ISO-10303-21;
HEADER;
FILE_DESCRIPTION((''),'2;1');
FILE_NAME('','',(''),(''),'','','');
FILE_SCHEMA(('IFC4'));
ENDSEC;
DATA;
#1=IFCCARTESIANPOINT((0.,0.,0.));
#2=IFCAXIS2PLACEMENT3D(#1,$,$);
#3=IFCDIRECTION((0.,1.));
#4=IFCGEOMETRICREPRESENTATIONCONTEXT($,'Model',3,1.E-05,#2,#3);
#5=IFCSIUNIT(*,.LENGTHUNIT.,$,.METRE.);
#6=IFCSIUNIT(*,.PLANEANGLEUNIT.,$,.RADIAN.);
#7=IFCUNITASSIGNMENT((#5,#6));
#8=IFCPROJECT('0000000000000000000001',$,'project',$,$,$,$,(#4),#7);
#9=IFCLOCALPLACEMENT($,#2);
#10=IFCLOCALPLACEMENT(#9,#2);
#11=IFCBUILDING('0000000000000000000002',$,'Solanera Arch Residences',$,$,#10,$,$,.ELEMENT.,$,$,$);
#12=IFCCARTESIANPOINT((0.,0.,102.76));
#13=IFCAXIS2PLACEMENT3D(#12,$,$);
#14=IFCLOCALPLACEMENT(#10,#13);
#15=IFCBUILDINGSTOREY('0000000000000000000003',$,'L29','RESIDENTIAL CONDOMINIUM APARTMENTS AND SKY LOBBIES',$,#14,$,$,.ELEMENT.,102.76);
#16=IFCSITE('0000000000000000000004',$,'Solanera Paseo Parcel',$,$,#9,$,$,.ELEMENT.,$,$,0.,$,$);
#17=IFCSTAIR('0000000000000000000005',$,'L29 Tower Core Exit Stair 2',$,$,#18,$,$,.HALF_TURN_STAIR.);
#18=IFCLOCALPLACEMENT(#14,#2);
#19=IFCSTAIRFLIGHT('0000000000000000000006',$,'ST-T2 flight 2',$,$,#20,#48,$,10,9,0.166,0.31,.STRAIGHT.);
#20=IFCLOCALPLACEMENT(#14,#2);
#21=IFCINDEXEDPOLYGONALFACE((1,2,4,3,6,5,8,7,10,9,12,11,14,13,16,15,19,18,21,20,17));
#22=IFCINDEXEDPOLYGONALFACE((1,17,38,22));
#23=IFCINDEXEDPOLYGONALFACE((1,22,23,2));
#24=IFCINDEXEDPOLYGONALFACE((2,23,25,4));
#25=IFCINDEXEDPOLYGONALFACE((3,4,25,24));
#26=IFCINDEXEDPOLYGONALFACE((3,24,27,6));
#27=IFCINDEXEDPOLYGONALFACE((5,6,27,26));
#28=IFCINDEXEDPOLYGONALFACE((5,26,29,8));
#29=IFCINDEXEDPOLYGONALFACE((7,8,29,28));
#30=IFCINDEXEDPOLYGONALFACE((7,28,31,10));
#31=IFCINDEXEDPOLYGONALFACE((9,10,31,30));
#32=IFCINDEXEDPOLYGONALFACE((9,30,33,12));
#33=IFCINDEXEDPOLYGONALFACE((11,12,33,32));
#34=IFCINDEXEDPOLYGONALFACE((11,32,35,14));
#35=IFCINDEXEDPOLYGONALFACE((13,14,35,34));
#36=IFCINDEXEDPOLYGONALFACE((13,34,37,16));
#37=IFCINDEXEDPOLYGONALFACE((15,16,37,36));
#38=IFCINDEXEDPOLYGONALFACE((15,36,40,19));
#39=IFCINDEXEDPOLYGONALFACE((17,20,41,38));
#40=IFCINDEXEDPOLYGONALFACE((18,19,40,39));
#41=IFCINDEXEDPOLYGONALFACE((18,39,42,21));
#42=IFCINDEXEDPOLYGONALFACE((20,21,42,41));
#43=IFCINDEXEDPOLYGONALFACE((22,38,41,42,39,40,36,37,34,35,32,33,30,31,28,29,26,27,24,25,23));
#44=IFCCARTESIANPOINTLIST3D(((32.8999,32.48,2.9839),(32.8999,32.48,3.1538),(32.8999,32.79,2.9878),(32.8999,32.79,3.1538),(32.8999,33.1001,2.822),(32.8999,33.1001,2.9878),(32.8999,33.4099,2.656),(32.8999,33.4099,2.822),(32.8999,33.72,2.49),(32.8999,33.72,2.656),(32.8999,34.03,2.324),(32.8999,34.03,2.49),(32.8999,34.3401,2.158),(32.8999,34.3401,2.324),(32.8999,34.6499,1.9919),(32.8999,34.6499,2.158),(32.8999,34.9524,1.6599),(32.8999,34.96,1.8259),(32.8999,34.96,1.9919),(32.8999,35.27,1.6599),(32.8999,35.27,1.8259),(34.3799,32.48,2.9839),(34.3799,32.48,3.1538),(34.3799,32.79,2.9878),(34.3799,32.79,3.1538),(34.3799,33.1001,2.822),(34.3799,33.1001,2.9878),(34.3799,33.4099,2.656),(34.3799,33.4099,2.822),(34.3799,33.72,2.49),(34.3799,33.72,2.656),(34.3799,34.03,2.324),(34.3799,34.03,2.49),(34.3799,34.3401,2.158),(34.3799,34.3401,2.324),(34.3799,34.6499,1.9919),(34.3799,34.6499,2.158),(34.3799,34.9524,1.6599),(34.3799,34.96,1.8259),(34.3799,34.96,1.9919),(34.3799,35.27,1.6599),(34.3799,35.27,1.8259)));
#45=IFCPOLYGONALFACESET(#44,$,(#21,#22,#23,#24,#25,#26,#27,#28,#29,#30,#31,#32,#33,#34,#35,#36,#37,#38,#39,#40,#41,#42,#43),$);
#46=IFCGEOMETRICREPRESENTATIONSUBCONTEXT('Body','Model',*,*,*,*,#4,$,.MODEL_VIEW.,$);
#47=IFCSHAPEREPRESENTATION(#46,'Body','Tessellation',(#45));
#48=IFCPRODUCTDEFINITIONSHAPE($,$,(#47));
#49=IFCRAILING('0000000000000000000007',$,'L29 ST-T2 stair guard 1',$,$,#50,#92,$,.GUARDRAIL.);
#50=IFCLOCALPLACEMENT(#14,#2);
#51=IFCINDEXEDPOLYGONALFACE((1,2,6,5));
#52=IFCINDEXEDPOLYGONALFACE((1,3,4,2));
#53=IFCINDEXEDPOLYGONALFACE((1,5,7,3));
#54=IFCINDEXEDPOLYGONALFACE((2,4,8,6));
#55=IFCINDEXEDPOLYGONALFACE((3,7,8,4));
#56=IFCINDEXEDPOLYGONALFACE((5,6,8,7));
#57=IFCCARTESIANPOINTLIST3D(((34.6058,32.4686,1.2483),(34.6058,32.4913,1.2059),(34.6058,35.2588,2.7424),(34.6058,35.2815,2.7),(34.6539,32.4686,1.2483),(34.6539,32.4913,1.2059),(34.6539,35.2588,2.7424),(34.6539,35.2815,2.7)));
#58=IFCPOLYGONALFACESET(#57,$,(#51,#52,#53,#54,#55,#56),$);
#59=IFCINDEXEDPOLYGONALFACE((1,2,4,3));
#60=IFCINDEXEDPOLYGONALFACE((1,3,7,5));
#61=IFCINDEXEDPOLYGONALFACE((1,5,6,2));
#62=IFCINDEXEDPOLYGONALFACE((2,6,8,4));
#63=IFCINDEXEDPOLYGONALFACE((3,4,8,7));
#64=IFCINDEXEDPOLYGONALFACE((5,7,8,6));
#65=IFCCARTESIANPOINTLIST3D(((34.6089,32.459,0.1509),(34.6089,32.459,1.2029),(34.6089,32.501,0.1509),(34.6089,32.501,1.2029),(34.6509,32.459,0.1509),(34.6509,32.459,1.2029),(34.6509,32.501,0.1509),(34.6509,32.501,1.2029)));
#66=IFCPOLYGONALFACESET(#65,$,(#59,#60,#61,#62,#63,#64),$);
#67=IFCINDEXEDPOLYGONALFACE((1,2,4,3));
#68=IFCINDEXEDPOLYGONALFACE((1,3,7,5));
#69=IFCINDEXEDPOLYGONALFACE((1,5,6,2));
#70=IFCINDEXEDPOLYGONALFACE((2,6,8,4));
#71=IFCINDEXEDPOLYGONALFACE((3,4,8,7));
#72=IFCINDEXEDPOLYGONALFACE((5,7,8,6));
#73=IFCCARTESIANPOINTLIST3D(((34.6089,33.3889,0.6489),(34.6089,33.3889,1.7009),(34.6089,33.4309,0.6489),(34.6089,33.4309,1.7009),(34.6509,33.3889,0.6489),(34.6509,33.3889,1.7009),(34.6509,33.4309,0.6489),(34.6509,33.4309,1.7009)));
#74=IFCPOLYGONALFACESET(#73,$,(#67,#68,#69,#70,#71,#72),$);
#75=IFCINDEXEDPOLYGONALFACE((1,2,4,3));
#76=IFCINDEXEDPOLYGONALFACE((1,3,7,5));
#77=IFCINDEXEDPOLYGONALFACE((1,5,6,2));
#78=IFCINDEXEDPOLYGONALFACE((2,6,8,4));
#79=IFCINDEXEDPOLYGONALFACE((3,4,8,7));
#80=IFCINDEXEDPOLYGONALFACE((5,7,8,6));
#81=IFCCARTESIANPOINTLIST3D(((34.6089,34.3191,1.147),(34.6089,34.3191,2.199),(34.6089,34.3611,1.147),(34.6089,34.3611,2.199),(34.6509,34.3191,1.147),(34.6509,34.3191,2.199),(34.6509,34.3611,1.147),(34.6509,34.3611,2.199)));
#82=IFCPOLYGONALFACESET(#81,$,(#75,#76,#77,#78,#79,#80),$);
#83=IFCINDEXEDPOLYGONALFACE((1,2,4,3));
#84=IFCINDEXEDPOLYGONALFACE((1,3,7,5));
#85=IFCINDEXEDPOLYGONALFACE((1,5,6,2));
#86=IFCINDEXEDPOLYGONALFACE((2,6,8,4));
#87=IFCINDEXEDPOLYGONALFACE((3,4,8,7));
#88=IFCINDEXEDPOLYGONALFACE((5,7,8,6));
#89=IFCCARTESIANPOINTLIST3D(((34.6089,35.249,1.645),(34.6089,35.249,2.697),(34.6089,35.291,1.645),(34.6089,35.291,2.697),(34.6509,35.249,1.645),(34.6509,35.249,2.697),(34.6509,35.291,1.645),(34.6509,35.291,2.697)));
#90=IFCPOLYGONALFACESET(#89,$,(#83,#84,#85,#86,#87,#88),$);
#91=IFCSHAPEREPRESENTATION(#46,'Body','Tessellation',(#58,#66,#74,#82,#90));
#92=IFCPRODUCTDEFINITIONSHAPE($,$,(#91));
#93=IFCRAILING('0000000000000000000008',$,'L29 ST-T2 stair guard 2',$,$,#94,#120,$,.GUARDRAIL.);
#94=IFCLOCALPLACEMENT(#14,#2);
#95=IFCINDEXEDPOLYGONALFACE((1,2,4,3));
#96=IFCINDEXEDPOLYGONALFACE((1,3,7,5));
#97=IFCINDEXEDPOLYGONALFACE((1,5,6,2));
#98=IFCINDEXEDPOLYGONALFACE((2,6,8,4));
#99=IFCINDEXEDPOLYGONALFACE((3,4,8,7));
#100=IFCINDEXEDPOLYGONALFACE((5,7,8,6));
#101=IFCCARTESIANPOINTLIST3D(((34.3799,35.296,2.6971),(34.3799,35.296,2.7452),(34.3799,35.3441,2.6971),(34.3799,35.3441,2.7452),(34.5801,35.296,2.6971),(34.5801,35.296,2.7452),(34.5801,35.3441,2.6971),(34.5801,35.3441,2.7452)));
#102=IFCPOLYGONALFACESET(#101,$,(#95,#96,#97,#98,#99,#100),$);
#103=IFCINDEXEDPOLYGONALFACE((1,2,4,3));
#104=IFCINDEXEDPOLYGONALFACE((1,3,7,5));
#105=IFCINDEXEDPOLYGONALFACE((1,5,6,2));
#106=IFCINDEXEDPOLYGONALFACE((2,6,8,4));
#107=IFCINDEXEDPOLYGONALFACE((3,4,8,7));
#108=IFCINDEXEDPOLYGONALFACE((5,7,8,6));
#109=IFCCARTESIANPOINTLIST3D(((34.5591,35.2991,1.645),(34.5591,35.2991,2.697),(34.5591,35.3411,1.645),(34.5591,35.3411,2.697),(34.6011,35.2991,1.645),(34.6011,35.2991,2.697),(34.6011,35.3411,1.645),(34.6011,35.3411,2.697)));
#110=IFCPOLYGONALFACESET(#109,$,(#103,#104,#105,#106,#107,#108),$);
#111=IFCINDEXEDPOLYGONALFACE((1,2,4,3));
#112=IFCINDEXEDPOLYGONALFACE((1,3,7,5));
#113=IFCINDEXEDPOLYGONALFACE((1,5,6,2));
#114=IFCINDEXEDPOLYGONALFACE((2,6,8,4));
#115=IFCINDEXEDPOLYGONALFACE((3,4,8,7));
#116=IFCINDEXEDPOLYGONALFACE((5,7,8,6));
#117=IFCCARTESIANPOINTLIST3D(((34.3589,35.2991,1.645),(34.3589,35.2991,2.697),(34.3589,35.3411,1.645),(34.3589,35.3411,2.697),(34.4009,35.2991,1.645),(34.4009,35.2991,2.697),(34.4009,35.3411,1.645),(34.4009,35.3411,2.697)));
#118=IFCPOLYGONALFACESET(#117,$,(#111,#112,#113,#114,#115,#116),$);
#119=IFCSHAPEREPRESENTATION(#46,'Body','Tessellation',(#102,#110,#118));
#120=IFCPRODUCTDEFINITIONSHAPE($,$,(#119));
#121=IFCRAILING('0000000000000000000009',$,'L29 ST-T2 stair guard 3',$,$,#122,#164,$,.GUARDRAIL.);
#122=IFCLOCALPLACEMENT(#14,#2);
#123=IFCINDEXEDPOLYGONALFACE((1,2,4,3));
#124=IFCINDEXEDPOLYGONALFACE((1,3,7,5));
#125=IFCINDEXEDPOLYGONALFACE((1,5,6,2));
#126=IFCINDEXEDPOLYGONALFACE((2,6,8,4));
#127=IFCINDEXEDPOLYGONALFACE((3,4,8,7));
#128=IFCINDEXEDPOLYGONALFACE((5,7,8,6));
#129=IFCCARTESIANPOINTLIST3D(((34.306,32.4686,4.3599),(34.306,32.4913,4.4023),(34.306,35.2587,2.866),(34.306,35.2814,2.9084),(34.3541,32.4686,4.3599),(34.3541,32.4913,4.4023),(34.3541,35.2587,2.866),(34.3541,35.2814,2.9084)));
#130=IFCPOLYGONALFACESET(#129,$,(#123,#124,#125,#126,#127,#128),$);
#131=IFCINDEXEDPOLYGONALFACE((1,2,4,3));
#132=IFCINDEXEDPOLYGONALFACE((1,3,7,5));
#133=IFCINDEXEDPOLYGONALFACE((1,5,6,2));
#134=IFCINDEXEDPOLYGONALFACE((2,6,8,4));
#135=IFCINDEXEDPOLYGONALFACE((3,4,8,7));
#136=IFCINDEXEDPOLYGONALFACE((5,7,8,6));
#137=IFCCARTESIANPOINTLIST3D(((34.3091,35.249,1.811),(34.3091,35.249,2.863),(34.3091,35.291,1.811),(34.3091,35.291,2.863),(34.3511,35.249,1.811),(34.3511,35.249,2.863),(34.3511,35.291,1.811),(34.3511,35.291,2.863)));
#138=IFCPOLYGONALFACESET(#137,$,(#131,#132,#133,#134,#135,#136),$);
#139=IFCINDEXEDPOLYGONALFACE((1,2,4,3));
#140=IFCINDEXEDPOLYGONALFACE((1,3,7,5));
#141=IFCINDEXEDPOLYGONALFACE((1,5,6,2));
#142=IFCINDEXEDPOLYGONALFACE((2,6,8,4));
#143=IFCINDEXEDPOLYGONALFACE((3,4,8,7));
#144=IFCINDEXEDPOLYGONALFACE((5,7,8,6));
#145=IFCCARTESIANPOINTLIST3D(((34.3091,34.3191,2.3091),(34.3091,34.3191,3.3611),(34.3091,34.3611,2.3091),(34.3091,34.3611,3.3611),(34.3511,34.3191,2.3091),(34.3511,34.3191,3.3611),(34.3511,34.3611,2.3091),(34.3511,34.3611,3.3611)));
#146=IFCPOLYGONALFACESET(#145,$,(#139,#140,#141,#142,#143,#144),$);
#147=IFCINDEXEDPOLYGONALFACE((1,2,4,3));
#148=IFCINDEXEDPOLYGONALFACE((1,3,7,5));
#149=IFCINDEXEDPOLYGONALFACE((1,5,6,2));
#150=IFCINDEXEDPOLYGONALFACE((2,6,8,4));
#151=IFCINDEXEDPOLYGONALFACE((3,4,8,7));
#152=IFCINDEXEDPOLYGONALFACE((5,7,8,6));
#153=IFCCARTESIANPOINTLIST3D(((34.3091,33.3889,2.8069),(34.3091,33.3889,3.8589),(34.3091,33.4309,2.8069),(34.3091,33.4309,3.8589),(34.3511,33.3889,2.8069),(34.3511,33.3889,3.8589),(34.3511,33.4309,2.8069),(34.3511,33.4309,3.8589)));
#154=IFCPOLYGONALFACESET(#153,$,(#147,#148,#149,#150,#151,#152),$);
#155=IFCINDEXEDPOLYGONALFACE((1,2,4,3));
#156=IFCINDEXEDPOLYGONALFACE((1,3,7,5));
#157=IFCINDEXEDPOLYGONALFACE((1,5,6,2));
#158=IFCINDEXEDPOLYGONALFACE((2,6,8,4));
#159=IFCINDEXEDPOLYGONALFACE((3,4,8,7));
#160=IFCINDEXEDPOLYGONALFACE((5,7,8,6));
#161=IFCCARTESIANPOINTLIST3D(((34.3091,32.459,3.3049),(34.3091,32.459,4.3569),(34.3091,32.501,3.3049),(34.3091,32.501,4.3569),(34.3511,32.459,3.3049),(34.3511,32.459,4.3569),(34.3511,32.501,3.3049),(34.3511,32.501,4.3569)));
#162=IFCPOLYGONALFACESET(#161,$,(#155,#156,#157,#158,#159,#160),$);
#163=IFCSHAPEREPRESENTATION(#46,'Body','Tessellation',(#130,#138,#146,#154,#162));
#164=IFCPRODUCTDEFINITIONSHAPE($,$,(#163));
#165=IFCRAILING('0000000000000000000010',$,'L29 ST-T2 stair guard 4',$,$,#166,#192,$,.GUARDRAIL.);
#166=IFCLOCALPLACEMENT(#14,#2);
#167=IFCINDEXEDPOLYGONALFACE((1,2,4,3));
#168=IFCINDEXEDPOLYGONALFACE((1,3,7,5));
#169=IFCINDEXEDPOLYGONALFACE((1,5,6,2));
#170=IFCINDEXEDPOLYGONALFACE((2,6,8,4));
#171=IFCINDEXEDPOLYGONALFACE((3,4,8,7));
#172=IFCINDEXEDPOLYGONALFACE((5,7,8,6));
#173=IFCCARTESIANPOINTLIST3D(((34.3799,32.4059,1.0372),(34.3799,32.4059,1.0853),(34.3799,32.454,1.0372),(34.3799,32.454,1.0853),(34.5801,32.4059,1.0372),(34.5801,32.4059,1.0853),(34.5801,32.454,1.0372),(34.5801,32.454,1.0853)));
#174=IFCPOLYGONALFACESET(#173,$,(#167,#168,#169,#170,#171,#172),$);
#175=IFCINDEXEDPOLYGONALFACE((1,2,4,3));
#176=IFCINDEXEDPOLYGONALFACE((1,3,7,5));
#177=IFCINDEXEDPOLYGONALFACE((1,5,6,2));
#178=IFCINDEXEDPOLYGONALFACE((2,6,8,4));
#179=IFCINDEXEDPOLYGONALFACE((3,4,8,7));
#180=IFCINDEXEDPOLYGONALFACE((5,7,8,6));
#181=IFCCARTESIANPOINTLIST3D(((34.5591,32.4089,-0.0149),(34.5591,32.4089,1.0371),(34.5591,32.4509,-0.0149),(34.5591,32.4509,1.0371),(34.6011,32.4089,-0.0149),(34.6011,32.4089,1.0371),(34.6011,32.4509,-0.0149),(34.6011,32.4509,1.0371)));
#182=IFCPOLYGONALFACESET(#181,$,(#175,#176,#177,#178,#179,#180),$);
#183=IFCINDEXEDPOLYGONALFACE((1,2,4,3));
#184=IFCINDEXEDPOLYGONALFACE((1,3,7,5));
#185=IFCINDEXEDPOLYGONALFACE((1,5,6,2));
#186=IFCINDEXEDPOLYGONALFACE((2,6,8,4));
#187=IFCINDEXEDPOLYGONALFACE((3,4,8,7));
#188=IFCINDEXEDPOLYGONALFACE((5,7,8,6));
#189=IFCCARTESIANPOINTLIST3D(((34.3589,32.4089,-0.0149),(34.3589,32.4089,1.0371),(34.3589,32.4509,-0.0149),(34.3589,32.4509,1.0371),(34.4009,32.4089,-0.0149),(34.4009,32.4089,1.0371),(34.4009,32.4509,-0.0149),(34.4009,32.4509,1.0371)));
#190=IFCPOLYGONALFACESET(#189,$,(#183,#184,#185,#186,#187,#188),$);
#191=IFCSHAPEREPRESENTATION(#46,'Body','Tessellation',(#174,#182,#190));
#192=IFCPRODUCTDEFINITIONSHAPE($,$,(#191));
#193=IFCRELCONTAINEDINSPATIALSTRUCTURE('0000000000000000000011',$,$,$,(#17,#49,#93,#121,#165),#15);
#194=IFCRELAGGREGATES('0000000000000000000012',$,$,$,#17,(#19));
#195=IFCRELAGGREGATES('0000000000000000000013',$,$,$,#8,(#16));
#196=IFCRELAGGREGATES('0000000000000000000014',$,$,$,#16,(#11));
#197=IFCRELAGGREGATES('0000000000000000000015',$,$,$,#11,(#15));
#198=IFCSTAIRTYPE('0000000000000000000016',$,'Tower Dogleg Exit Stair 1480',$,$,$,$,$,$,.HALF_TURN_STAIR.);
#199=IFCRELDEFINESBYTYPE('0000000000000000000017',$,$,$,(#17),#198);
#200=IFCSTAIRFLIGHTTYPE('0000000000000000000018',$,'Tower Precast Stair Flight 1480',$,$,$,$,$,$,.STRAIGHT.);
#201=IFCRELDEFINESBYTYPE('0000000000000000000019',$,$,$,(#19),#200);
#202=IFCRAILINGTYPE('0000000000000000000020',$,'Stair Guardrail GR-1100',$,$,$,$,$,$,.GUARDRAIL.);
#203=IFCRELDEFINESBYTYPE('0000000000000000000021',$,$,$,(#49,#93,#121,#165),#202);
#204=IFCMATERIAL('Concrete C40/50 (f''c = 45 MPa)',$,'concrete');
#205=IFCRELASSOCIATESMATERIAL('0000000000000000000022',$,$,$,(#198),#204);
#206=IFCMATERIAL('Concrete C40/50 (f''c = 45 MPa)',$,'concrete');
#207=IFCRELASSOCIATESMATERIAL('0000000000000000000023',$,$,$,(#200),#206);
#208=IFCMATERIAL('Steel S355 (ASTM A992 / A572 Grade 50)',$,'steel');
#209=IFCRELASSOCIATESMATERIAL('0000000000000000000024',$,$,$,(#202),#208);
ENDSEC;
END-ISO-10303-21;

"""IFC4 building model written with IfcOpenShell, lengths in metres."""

from ifc_helpers import new_model, si_unit, direction, frame, origin, origin_2d, place, context, subcontext, project, spatial, polyline, rectangle, outline, extrude, material, type_object, element, aggregate, save


model = new_model("IFC4")

# Units and contexts
model_context = context("Model", 3, precision=1e-05, world=origin(), true_north=direction((0.0, 1.0)))
body_context = subcontext(model_context, "Body", "Model", "MODEL_VIEW")
ifc_project = project(units=[si_unit("LENGTHUNIT", "METRE"), si_unit("PLANEANGLEUNIT", "RADIAN")], contexts=[model_context])

# Site, building, storey
site_placement = place(None, origin())
site = spatial("IfcSite", under=ifc_project, at=site_placement, Name="Solanera Paseo Parcel", CompositionType="ELEMENT", RefElevation=0.0)
building_placement = place(site_placement, origin())
building = spatial("IfcBuilding", under=site, at=building_placement, Name="Solanera Arch Residences", CompositionType="ELEMENT")
storey_placement = place(building_placement, frame((0.0, 0.0, 102.76)))
storey = spatial("IfcBuildingStorey", under=building, at=storey_placement, Name="L29", Description="RESIDENTIAL CONDOMINIUM APARTMENTS AND SKY LOBBIES", CompositionType="ELEMENT", Elevation=102.76)

# Stair, stair flight
ifc_material_1 = material(Name="Concrete C40/50 (f'c = 45 MPa)", Category="concrete")
stair_type = type_object("IfcStairType", Name="Tower Dogleg Exit Stair 1480", PredefinedType="HALF_TURN_STAIR", material=ifc_material_1)
stair_placement = place(storey_placement, origin())
stair = element("IfcStair", 1, at=stair_placement, inside=storey, type_object=stair_type, Name="L29 Tower Core Exit Stair 2", PredefinedType="HALF_TURN_STAIR")
ifc_material_2 = material(Name="Concrete C40/50 (f'c = 45 MPa)", Category="concrete")
stair_flight_type = type_object("IfcStairFlightType", Name="Tower Precast Stair Flight 1480", PredefinedType="STRAIGHT", material=ifc_material_2)
stair_flight_1_placement = place(storey_placement, frame((33.6399, 35.27, 1.6599), z_axis=(0.0, 0.0, 1.0), x_axis=(0.0, -1.0, 0.0)))
stair_flight_1 = element("IfcStairFlight", 2, at=stair_flight_1_placement, type_object=stair_flight_type, Name="ST-T2 flight 2", NumberOfRisers=10, NumberOfTreads=9, PredefinedType="STRAIGHT", RiserHeight=0.166, TreadLength=0.31, context=body_context, shape_type="SweptSolid", body=[
    extrude(outline(polyline([(0.0, 0.0), (0.0, 0.166), (0.3101, 0.166), (0.3101, 0.332), (0.6201, 0.332), (0.6201, 0.498), (0.9299, 0.498), (0.9299, 0.6641), (1.24, 0.6641), (1.24, 0.8301), (1.55, 0.8301), (1.55, 0.9961), (1.8601, 0.9961), (1.8601, 1.1621), (2.1699, 1.1621), (2.1699, 1.3279), (2.48, 1.3279), (2.48, 1.4939), (2.79, 1.4939), (2.79, 1.6599), (2.79, 1.324), (0.3176, 0.0), (0.0, 0.0)])), frame((0.0, 0.74, 0.0), z_axis=(0.0, -1.0, 0.0), x_axis=(1.0, 0.0, 0.0)), (0.0, 0.0, 1.0), 1.48),
])
aggregate(stair, [stair_flight_1])

# Railings
ifc_material_3 = material(Name="Steel S355 (ASTM A992 / A572 Grade 50)", Category="steel")
railing_type_1 = type_object("IfcRailingType", Name="Stair Guardrail GR-1100", PredefinedType="GUARDRAIL", material=ifc_material_3)
railing_1_placement = place(storey_placement, frame((34.6299, 32.48, 0.1509)))
element("IfcRailing", 3, at=railing_1_placement, inside=storey, type_object=railing_type_1, Name="L29 ST-T2 stair guard 1", PredefinedType="GUARDRAIL", context=body_context, shape_type="SweptSolid", body=[
    extrude(rectangle(XDim=0.0481, YDim=0.0481, at=origin_2d()), frame((0.0, 0.0, 1.0762), z_axis=(0.0, 0.881549, 0.472093), x_axis=(-1.0, 0.0, 0.0)), (0.0, 0.0, 1.0), 3.165),
    extrude(rectangle(XDim=0.042, YDim=0.042, at=origin_2d()), origin(), (0.0, 0.0, 1.0), 1.052),
    extrude(rectangle(XDim=0.042, YDim=0.042, at=origin_2d()), frame((0.0, 0.9299, 0.498)), (0.0, 0.0, 1.0), 1.052),
    extrude(rectangle(XDim=0.042, YDim=0.042, at=origin_2d()), frame((0.0, 1.8601, 0.9961)), (0.0, 0.0, 1.0), 1.052),
    extrude(rectangle(XDim=0.042, YDim=0.042, at=origin_2d()), frame((0.0, 2.79, 1.4941)), (0.0, 0.0, 1.0), 1.052),
])
railing_2_placement = place(storey_placement, frame((34.5801, 35.3201, 1.645)))
element("IfcRailing", 4, at=railing_2_placement, inside=storey, type_object=railing_type_1, Name="L29 ST-T2 stair guard 2", PredefinedType="GUARDRAIL", context=body_context, shape_type="SweptSolid", body=[
    extrude(rectangle(XDim=0.0481, YDim=0.0481, at=origin_2d()), frame((0.0, 0.0, 1.0762), z_axis=(-1.0, 0.0, 0.0), x_axis=(0.0, -1.0, 0.0)), (0.0, 0.0, 1.0), 0.2002),
    extrude(rectangle(XDim=0.042, YDim=0.042, at=origin_2d()), origin(), (0.0, 0.0, 1.0), 1.052),
    extrude(rectangle(XDim=0.042, YDim=0.042, at=origin_2d()), frame((-0.2002, 0.0, 0.0)), (0.0, 0.0, 1.0), 1.052),
])
railing_3_placement = place(storey_placement, frame((34.3301, 35.27, 1.811)))
element("IfcRailing", 5, at=railing_3_placement, inside=storey, type_object=railing_type_1, Name="L29 ST-T2 stair guard 3", PredefinedType="GUARDRAIL", context=body_context, shape_type="SweptSolid", body=[
    extrude(rectangle(XDim=0.0481, YDim=0.0481, at=origin_2d()), frame((0.0, 0.0, 1.0762), z_axis=(0.0, -0.881581, 0.472033), x_axis=(1.0, 0.0, 0.0)), (0.0, 0.0, 1.0), 3.1648),
    extrude(rectangle(XDim=0.042, YDim=0.042, at=origin_2d()), origin(), (0.0, 0.0, 1.0), 1.052),
    extrude(rectangle(XDim=0.042, YDim=0.042, at=origin_2d()), frame((0.0, -0.9299, 0.498)), (0.0, 0.0, 1.0), 1.052),
    extrude(rectangle(XDim=0.042, YDim=0.042, at=origin_2d()), frame((0.0, -1.8601, 0.9958)), (0.0, 0.0, 1.0), 1.052),
    extrude(rectangle(XDim=0.042, YDim=0.042, at=origin_2d()), frame((0.0, -2.79, 1.4939)), (0.0, 0.0, 1.0), 1.052),
])
railing_4_placement = place(storey_placement, frame((34.5801, 32.4299, -0.0149)))
element("IfcRailing", 6, at=railing_4_placement, inside=storey, type_object=railing_type_1, Name="L29 ST-T2 stair guard 4", PredefinedType="GUARDRAIL", context=body_context, shape_type="SweptSolid", body=[
    extrude(rectangle(XDim=0.0481, YDim=0.0481, at=origin_2d()), frame((0.0, 0.0, 1.0762), z_axis=(-1.0, 0.0, 0.0), x_axis=(0.0, -1.0, 0.0)), (0.0, 0.0, 1.0), 0.2002),
    extrude(rectangle(XDim=0.042, YDim=0.042, at=origin_2d()), origin(), (0.0, 0.0, 1.0), 1.052),
    extrude(rectangle(XDim=0.042, YDim=0.042, at=origin_2d()), frame((-0.2002, 0.0, 0.0)), (0.0, 0.0, 1.0), 1.052),
])

save(model, "model.ifc")
